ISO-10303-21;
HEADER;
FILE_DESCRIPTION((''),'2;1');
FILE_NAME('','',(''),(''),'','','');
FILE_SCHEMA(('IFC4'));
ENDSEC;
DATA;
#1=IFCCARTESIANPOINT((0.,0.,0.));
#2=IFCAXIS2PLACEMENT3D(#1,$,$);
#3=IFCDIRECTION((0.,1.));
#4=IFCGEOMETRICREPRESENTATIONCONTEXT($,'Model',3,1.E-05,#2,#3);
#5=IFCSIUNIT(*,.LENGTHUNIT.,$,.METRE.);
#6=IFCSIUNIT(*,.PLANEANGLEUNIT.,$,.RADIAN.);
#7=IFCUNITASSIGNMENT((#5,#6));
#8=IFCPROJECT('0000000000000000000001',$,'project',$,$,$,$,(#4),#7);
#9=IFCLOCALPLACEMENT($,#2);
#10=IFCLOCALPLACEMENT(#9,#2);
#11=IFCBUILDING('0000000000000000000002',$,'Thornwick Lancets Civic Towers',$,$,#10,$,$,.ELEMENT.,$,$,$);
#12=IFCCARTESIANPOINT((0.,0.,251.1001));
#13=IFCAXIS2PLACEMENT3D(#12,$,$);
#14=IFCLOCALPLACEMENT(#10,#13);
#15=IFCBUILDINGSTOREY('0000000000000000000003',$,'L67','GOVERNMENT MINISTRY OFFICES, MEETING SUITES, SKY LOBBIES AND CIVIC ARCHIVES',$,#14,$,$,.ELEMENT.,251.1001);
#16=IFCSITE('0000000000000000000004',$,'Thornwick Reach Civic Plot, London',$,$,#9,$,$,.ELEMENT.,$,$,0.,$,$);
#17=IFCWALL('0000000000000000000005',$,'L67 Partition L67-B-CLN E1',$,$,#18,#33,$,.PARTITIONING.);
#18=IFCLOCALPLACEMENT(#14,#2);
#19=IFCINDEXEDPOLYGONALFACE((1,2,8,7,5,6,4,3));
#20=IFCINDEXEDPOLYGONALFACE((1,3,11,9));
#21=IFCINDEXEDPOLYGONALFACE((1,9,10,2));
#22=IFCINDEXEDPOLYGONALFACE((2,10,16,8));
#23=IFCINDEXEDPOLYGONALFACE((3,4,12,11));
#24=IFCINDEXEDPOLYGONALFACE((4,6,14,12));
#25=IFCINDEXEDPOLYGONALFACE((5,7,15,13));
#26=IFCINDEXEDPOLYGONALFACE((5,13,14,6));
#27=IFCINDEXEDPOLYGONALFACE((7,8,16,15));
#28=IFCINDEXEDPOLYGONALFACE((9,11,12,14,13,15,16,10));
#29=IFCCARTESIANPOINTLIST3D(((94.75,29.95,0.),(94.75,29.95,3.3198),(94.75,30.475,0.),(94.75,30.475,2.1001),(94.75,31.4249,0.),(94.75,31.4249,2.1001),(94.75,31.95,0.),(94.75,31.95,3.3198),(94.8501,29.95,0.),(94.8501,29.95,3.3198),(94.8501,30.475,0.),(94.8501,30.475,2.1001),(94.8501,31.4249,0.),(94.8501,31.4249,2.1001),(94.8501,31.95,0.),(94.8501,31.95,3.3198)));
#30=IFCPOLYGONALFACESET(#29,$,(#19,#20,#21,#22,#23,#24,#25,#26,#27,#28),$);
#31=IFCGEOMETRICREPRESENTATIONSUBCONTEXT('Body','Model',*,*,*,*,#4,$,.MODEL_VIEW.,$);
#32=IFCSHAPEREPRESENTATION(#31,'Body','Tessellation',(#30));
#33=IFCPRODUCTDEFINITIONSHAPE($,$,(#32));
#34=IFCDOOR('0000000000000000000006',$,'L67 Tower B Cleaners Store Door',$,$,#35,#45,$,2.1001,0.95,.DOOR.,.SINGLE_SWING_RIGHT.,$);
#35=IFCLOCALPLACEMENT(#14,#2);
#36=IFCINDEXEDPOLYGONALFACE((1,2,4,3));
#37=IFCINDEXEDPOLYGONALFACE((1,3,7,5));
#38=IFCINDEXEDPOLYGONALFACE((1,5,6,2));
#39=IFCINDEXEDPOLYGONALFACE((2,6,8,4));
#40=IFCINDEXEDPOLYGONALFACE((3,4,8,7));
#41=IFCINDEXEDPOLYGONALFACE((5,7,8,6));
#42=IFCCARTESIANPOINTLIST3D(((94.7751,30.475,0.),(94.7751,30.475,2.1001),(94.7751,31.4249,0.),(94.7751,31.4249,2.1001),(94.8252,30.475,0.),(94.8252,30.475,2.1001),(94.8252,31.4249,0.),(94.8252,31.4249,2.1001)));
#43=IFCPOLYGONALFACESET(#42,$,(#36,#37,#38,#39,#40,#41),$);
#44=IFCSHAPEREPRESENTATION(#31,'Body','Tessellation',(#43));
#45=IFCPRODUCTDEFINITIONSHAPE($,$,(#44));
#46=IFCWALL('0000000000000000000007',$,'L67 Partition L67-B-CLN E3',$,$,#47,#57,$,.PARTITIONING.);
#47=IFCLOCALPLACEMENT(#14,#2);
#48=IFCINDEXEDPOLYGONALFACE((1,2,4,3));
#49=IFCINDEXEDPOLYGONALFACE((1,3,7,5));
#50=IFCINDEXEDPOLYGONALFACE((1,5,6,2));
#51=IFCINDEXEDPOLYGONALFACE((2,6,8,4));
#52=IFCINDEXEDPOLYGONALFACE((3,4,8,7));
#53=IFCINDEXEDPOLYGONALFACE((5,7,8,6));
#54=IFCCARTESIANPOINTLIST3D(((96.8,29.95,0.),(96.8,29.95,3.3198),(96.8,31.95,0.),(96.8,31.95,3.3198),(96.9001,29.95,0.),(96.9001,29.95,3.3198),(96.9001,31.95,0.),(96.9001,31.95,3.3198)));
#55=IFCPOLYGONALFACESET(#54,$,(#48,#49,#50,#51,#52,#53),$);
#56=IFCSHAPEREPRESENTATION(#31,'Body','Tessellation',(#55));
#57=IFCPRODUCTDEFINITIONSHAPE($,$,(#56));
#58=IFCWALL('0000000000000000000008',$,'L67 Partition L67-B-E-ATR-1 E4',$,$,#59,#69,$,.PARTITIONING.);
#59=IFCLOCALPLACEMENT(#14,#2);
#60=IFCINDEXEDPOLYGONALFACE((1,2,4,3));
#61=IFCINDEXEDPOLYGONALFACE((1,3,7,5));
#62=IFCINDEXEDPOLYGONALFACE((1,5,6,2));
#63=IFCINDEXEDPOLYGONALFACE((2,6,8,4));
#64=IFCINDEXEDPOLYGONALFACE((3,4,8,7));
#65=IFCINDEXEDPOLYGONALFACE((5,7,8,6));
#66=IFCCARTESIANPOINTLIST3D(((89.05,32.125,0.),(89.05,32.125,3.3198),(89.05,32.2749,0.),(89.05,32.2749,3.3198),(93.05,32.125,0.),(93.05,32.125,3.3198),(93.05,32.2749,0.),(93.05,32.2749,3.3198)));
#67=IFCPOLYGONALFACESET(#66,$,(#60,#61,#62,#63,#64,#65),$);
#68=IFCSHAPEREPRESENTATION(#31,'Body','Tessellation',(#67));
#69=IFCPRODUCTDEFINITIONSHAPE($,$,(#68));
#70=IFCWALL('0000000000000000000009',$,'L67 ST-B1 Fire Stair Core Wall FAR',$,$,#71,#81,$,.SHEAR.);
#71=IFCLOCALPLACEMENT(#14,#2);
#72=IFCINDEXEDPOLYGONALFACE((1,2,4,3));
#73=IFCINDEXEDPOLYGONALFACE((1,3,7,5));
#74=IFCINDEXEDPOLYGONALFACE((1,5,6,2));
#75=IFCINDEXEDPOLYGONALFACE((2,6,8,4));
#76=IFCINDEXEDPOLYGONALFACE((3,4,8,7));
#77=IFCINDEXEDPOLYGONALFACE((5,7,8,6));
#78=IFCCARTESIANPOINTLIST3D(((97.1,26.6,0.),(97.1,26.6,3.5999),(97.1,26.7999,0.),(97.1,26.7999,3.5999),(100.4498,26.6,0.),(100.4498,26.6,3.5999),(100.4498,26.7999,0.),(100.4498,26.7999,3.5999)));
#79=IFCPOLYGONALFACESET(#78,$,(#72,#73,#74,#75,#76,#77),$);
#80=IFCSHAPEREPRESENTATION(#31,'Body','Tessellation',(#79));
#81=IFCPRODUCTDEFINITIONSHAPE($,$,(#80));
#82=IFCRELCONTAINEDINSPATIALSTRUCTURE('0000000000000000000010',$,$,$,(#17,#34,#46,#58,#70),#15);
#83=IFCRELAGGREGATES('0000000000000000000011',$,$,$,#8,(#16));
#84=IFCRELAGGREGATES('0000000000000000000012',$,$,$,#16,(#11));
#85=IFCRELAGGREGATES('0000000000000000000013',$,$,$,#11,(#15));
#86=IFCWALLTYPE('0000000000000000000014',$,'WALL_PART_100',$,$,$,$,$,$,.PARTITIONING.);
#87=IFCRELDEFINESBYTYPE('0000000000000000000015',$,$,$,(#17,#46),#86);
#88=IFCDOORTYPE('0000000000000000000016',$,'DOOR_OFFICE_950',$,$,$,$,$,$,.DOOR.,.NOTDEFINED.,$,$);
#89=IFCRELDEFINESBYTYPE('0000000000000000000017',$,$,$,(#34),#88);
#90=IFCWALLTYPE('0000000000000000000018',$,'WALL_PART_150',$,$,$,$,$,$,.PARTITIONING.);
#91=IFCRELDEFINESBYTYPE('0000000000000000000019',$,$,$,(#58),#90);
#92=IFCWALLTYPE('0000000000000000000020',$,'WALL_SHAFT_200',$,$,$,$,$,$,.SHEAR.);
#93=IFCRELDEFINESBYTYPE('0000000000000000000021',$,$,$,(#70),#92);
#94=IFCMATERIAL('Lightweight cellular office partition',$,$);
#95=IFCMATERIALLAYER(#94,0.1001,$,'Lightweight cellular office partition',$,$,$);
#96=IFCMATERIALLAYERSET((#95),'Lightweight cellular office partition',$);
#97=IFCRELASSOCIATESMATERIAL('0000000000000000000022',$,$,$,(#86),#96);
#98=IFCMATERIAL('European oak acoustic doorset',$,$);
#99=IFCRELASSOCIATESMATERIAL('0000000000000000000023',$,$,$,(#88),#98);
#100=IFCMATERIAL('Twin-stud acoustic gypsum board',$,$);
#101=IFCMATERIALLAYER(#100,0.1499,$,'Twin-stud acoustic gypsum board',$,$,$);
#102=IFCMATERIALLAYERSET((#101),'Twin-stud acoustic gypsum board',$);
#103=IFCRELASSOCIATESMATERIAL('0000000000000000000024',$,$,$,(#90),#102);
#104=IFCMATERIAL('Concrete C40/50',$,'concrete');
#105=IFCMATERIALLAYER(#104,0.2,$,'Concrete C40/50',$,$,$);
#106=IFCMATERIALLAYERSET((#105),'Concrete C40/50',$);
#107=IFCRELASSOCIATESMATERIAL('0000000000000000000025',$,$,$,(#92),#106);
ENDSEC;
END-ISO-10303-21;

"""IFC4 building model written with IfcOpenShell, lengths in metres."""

from ifc_helpers import new_model, si_unit, direction, frame, frame_2d, origin, place, context, subcontext, project, spatial, rectangle, extrude, material, layer, layer_set, type_object, element, fill, save


model = new_model("IFC4")

# Units and contexts
model_context = context("Model", 3, precision=1e-05, world=origin(), true_north=direction((0.0, 1.0)))
body_context = subcontext(model_context, "Body", "Model", "MODEL_VIEW")
ifc_project = project(units=[si_unit("LENGTHUNIT", "METRE"), si_unit("PLANEANGLEUNIT", "RADIAN")], contexts=[model_context])

# Site, building, storey
site_placement = place(None, origin())
site = spatial("IfcSite", under=ifc_project, at=site_placement, Name="Thornwick Reach Civic Plot, London", CompositionType="ELEMENT", RefElevation=0.0)
building_placement = place(site_placement, origin())
building = spatial("IfcBuilding", under=site, at=building_placement, Name="Thornwick Lancets Civic Towers", CompositionType="ELEMENT")
storey_placement = place(building_placement, frame((0.0, 0.0, 251.1001)))
storey = spatial("IfcBuildingStorey", under=building, at=storey_placement, Name="L67", Description="GOVERNMENT MINISTRY OFFICES, MEETING SUITES, SKY LOBBIES AND CIVIC ARCHIVES", CompositionType="ELEMENT", Elevation=251.1001)

# Wall, opening, door
ifc_material_1 = material(Name="Lightweight cellular office partition")
ifc_layer_1 = layer(ifc_material_1, 0.1001, Name="Lightweight cellular office partition")
ifc_layer_set_1 = layer_set([ifc_layer_1], Name="Lightweight cellular office partition")
wall_type_1 = type_object("IfcWallType", Name="WALL_PART_100", PredefinedType="PARTITIONING", material=ifc_layer_set_1)
wall_1_placement = place(storey_placement, frame((94.8, 29.95, 0.0), z_axis=(0.0, 0.0, 1.0), x_axis=(0.0, 1.0, 0.0)))
wall_1 = element("IfcWall", 1, at=wall_1_placement, inside=storey, type_object=wall_type_1, Name="L67 Partition L67-B-CLN E1", PredefinedType="PARTITIONING", context=body_context, shape_type="SweptSolid", body=[
    extrude(rectangle(XDim=2.0, YDim=0.1001, at=frame_2d((1.0, 0.0))), origin(), (0.0, 0.0, 1.0), 3.3198),
])
opening_1_placement = place(wall_1_placement, frame((0.5249, 0.0, 0.0)))
opening_1 = element("IfcOpeningElement", 2, at=opening_1_placement, cuts=wall_1, PredefinedType="OPENING", context=body_context, shape_type="SweptSolid", body=[
    extrude(rectangle(XDim=0.95, YDim=2.1001, at=frame_2d((0.4751, 1.05))), frame((0.0, 0.0601, 0.0), z_axis=(0.0, -1.0, 0.0), x_axis=(1.0, 0.0, 0.0)), (0.0, 0.0, 1.0), 0.1201),
])
ifc_material_2 = material(Name="European oak acoustic doorset")
door_type_1 = type_object("IfcDoorType", Name="DOOR_OFFICE_950", OperationType="NOTDEFINED", PredefinedType="DOOR", material=ifc_material_2)
door_1_placement = place(opening_1_placement, origin())
door_1 = element("IfcDoor", 3, at=door_1_placement, inside=storey, type_object=door_type_1, Name="L67 Tower B Cleaners Store Door", OperationType="SINGLE_SWING_RIGHT", OverallHeight=2.1001, OverallWidth=0.95, PredefinedType="DOOR", context=body_context, shape_type="SweptSolid", body=[
    extrude(rectangle(XDim=0.95, YDim=2.1001, at=frame_2d((0.4751, 1.05))), frame((0.0, 0.0249, 0.0), z_axis=(0.0, -1.0, 0.0), x_axis=(1.0, 0.0, 0.0)), (0.0, 0.0, 1.0), 0.05),
])
fill(opening_1, door_1)

# Walls
wall_2_placement = place(storey_placement, frame((96.8501, 31.95, 0.0), z_axis=(0.0, 0.0, 1.0), x_axis=(0.0, -1.0, 0.0)))
element("IfcWall", 4, at=wall_2_placement, inside=storey, type_object=wall_type_1, Name="L67 Partition L67-B-CLN E3", PredefinedType="PARTITIONING", context=body_context, shape_type="SweptSolid", body=[
    extrude(rectangle(XDim=2.0, YDim=0.1001, at=frame_2d((1.0, 0.0))), origin(), (0.0, 0.0, 1.0), 3.3198),
])
ifc_material_3 = material(Name="Twin-stud acoustic gypsum board")
ifc_layer_2 = layer(ifc_material_3, 0.1499, Name="Twin-stud acoustic gypsum board")
ifc_layer_set_2 = layer_set([ifc_layer_2], Name="Twin-stud acoustic gypsum board")
wall_type_2 = type_object("IfcWallType", Name="WALL_PART_150", PredefinedType="PARTITIONING", material=ifc_layer_set_2)
wall_3_placement = place(storey_placement, frame((93.05, 32.2, 0.0), z_axis=(0.0, 0.0, 1.0), x_axis=(-1.0, 0.0, 0.0)))
element("IfcWall", 5, at=wall_3_placement, inside=storey, type_object=wall_type_2, Name="L67 Partition L67-B-E-ATR-1 E4", PredefinedType="PARTITIONING", context=body_context, shape_type="SweptSolid", body=[
    extrude(rectangle(XDim=4.0, YDim=0.1499, at=frame_2d((2.0, 0.0))), origin(), (0.0, 0.0, 1.0), 3.3198),
])
ifc_material_4 = material(Name="Concrete C40/50", Category="concrete")
ifc_layer_3 = layer(ifc_material_4, 0.2, Name="Concrete C40/50")
ifc_layer_set_3 = layer_set([ifc_layer_3], Name="Concrete C40/50")
wall_type_3 = type_object("IfcWallType", Name="WALL_SHAFT_200", PredefinedType="SHEAR", material=ifc_layer_set_3)
wall_4_placement = place(storey_placement, frame((97.1001, 26.7, 0.0), z_axis=(0.0, 0.0, 1.0), x_axis=(1.0, 0.0, 0.0)))
element("IfcWall", 6, at=wall_4_placement, inside=storey, type_object=wall_type_3, Name="L67 ST-B1 Fire Stair Core Wall FAR", PredefinedType="SHEAR", context=body_context, shape_type="SweptSolid", body=[
    extrude(rectangle(XDim=3.3499, YDim=0.2, at=frame_2d((1.6748, 0.0))), origin(), (0.0, 0.0, 1.0), 3.5999),
])

save(model, "model.ifc")
